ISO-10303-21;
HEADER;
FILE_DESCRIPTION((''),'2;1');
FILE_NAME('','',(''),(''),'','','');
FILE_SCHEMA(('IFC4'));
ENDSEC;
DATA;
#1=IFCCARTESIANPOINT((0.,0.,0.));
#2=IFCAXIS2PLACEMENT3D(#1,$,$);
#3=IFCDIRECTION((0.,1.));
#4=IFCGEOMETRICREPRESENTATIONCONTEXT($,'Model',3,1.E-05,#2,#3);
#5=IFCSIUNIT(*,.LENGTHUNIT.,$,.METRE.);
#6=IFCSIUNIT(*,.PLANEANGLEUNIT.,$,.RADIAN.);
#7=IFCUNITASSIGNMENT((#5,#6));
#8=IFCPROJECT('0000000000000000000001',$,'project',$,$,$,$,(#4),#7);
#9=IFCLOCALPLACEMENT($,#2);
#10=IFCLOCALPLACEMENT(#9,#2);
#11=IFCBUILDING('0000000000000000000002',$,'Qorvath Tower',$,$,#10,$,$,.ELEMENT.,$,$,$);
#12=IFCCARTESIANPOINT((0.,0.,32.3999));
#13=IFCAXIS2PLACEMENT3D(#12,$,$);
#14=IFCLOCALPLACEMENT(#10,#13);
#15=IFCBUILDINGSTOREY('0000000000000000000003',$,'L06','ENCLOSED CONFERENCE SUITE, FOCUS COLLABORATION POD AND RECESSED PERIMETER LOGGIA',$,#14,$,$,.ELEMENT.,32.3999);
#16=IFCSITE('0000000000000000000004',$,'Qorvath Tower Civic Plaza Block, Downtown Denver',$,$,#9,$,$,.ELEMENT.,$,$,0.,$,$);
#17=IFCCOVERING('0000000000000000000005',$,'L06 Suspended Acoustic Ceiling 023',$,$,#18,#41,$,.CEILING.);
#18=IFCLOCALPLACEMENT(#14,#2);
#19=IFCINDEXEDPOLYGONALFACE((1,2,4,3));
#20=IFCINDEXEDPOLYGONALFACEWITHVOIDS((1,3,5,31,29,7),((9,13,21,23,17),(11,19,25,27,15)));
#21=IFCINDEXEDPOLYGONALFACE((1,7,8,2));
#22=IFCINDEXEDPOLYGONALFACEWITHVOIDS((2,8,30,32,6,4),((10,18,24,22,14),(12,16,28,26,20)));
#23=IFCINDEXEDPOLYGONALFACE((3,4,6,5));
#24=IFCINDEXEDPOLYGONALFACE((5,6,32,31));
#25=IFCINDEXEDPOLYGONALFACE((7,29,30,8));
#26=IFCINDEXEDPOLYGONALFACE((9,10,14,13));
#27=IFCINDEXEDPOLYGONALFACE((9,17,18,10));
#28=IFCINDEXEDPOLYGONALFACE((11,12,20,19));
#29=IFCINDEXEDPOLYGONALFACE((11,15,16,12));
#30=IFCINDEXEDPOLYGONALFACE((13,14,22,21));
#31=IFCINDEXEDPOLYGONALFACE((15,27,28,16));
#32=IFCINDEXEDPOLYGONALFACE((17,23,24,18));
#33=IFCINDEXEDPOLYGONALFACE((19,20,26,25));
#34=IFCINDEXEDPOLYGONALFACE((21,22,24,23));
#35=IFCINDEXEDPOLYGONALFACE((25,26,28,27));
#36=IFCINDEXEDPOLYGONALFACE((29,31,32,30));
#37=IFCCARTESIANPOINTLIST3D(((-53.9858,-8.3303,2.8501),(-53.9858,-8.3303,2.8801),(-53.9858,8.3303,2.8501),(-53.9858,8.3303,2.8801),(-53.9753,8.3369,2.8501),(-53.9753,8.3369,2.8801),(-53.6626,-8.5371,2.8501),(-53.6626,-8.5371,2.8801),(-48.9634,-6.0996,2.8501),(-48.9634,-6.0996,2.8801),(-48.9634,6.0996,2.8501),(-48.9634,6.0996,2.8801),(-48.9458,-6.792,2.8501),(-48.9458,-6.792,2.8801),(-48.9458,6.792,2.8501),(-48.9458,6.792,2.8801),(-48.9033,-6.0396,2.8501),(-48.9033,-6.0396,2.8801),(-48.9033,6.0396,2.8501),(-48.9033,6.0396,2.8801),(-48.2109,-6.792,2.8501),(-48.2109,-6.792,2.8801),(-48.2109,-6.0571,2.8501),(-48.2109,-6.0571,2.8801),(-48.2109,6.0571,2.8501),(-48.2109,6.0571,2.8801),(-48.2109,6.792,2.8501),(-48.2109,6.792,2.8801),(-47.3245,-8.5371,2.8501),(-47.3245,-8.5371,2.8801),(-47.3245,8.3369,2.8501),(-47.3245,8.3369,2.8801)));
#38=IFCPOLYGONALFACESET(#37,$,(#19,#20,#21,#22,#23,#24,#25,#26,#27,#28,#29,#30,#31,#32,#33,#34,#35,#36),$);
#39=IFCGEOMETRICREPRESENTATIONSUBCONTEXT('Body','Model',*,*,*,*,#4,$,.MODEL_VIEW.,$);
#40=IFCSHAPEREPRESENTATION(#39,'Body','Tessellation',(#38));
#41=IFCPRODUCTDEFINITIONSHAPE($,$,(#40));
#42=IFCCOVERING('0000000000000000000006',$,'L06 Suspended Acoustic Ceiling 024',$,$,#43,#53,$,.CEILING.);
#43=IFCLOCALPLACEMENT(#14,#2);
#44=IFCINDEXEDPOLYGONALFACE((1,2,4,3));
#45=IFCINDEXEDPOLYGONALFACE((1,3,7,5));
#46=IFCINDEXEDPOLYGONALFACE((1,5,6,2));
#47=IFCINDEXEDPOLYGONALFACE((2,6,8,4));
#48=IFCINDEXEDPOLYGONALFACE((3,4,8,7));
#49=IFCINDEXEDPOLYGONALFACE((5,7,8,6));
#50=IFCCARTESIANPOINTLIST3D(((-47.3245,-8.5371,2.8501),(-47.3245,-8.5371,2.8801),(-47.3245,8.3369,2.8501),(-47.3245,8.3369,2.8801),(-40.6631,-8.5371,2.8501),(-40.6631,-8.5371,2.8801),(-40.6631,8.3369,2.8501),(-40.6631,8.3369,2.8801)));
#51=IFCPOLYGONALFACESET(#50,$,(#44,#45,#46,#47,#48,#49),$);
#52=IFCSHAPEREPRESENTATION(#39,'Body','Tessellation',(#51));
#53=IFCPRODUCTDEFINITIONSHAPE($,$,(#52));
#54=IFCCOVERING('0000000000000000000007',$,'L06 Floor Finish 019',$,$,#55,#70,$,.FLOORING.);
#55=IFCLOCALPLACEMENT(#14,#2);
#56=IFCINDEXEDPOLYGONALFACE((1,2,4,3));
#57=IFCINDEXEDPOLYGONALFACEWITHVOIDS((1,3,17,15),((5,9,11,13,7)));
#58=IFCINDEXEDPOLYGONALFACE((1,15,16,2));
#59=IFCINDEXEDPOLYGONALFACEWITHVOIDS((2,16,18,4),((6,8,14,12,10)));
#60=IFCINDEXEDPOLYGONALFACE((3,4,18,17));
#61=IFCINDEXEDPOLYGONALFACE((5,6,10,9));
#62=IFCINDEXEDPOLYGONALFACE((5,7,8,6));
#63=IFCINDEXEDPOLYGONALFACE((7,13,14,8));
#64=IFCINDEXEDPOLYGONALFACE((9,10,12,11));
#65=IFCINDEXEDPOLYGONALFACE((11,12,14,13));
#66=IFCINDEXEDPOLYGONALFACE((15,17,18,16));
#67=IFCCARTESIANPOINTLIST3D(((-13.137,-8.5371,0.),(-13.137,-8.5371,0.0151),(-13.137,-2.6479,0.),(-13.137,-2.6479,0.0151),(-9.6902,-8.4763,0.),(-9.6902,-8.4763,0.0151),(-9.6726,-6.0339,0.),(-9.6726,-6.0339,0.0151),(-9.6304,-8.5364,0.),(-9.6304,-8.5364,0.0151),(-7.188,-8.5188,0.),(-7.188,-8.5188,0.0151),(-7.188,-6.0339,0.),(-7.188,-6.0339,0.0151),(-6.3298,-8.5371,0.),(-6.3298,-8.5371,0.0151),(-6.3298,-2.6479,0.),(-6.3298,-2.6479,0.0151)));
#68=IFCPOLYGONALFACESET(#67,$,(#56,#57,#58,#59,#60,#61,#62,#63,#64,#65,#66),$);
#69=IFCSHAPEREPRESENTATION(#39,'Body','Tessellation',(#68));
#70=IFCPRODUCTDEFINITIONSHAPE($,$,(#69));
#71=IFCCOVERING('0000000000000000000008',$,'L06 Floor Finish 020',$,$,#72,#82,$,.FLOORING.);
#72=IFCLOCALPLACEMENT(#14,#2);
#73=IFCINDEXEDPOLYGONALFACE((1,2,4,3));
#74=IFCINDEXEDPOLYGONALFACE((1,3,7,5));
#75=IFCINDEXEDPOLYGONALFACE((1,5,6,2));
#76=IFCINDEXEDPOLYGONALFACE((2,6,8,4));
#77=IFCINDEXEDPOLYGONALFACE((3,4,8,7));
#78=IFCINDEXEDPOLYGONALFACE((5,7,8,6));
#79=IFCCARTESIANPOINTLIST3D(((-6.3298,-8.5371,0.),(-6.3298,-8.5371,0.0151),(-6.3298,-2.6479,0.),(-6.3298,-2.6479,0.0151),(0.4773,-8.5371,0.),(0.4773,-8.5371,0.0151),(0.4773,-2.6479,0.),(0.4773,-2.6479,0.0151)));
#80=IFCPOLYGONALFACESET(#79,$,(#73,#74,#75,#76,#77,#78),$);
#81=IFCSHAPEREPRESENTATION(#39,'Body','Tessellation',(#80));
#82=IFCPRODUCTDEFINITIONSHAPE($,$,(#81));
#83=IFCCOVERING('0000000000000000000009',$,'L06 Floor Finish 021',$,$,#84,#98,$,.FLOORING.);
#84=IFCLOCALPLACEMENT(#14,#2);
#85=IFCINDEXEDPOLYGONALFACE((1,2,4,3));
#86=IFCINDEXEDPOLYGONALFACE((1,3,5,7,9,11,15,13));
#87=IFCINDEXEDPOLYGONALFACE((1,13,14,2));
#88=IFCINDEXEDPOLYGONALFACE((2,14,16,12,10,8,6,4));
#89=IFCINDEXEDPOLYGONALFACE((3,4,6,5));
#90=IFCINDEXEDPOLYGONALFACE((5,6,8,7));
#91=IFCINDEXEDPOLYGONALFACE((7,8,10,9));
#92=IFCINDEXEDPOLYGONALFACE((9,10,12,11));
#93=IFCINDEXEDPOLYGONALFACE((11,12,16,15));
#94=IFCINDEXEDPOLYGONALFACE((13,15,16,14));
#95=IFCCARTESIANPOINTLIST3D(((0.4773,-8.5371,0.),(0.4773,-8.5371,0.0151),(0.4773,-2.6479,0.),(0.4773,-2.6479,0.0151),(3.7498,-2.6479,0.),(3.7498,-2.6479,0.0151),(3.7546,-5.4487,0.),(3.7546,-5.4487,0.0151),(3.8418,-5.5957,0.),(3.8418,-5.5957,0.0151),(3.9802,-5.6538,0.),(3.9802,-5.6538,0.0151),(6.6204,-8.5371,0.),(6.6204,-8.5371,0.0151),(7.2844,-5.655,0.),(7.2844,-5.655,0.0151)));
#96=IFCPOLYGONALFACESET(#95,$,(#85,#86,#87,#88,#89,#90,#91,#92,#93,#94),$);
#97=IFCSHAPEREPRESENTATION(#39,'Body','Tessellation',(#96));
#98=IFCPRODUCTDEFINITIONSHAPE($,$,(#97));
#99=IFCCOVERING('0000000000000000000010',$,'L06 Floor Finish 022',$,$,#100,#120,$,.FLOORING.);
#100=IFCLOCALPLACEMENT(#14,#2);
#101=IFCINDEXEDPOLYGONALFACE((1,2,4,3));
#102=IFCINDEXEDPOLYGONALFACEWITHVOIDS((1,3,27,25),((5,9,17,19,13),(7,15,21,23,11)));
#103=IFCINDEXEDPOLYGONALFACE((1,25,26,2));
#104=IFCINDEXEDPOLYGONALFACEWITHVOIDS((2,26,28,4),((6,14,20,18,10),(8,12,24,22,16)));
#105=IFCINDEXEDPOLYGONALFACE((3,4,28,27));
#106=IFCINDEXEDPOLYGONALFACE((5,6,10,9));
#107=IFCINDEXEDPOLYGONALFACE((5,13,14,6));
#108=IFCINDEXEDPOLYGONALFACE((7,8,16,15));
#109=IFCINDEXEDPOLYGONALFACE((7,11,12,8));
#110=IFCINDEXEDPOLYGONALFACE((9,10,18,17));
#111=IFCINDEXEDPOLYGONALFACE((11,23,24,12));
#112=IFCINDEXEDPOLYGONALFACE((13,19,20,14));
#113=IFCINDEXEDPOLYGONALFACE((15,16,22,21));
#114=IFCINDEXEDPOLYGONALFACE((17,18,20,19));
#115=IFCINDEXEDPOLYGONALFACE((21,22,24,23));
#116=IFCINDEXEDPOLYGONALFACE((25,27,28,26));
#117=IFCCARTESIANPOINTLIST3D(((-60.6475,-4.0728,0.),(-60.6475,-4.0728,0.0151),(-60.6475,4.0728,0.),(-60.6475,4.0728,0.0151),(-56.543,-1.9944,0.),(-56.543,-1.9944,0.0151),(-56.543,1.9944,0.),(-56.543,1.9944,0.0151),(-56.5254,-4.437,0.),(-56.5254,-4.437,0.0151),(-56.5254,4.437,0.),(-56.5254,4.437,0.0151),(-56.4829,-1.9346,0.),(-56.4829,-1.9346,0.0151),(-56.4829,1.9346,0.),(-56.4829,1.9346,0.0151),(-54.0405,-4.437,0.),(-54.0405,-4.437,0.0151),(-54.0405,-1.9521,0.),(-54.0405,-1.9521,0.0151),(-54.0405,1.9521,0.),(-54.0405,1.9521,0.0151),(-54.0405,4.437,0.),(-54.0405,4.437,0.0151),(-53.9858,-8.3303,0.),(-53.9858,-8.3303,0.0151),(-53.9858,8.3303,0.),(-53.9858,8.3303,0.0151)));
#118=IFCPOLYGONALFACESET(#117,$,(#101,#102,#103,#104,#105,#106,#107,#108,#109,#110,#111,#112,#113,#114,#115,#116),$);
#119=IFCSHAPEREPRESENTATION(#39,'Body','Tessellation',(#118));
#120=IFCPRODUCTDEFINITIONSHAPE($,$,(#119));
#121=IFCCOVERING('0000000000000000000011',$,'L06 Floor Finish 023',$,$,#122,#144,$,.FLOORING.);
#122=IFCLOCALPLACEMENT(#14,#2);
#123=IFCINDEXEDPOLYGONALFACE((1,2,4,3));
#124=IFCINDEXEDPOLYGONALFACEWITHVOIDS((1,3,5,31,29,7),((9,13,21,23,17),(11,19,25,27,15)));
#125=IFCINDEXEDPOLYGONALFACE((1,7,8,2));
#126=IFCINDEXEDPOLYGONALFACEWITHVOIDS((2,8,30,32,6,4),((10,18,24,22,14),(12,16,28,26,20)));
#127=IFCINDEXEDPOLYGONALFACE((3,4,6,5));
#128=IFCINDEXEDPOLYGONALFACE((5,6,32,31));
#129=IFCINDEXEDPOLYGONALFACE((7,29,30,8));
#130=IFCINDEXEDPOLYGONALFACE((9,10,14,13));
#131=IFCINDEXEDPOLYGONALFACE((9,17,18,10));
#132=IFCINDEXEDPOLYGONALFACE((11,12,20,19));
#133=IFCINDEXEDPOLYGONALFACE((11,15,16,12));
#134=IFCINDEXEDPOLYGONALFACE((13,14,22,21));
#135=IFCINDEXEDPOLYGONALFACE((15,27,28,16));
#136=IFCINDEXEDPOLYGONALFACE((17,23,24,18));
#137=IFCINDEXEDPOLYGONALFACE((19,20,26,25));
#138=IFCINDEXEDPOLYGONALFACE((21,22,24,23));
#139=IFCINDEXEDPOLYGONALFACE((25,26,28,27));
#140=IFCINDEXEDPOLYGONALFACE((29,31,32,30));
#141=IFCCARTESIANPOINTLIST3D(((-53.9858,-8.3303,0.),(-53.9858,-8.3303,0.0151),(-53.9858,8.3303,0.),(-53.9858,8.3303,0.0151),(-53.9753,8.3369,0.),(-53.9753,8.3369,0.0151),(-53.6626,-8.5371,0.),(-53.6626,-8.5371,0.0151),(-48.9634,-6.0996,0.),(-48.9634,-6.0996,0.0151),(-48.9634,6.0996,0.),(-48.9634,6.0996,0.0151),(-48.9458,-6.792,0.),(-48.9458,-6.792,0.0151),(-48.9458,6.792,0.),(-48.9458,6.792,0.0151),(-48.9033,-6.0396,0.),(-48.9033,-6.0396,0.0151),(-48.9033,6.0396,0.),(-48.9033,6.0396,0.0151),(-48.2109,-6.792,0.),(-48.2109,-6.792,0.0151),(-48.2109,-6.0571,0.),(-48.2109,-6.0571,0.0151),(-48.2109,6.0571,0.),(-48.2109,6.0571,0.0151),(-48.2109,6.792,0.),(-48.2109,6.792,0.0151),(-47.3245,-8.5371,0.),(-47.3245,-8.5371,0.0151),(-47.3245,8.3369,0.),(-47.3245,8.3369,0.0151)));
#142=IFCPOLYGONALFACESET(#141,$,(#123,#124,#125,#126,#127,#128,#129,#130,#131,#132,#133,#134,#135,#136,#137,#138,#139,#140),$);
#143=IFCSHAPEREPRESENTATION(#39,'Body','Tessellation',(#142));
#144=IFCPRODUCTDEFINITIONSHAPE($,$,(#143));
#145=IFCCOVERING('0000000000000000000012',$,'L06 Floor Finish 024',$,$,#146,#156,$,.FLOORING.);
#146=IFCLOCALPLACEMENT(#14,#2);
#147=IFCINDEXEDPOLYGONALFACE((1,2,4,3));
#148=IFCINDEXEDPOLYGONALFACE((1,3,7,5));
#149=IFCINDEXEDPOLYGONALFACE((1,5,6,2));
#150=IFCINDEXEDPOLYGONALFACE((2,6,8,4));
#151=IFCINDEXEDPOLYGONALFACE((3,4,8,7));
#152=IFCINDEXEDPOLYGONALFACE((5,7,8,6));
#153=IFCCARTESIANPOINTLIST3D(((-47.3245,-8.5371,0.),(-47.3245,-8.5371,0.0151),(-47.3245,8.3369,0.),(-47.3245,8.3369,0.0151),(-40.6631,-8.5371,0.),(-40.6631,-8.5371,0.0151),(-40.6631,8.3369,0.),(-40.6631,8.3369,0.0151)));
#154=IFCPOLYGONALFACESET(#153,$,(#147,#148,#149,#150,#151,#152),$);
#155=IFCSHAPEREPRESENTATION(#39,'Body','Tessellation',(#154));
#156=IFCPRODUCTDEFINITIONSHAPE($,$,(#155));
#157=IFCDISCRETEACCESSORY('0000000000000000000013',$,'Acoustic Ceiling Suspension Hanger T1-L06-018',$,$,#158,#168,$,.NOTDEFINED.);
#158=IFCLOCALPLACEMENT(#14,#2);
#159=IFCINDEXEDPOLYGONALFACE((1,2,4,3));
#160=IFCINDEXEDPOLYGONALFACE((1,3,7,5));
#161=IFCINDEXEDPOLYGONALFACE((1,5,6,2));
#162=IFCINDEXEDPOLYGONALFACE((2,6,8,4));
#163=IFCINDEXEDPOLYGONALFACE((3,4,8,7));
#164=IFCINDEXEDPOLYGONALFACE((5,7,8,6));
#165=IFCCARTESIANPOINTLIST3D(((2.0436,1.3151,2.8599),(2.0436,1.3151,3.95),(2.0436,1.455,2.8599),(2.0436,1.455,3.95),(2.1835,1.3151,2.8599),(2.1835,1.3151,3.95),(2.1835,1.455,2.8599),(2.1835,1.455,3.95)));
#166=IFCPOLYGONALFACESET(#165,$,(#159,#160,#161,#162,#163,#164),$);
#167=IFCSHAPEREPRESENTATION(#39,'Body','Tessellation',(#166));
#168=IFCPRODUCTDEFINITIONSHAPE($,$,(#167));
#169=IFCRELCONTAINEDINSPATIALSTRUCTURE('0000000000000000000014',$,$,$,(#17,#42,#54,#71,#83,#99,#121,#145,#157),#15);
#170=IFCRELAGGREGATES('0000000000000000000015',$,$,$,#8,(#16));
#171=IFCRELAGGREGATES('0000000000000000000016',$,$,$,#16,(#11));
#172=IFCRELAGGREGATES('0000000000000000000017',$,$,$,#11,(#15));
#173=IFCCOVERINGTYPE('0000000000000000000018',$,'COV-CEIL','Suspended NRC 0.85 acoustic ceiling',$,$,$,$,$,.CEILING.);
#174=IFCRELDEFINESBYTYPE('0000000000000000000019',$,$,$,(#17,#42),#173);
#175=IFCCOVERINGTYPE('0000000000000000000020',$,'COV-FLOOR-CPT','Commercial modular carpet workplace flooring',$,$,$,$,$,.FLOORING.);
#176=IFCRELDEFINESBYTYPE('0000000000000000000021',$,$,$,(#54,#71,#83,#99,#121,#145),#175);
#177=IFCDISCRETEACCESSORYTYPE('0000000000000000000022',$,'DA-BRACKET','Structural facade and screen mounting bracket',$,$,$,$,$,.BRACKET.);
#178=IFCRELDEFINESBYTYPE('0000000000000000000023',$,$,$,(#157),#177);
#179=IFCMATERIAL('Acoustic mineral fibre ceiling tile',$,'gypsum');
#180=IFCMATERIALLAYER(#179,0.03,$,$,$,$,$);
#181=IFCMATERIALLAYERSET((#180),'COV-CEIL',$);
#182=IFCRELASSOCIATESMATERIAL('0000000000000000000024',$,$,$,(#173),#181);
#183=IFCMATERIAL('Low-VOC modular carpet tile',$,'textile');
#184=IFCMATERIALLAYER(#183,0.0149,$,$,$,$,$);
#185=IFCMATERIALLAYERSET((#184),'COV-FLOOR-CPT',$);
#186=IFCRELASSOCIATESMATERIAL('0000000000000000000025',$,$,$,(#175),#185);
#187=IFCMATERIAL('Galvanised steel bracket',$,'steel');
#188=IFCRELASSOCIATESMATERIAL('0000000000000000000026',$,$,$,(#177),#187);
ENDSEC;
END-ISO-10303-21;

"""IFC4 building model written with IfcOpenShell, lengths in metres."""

from ifc_helpers import new_model, si_unit, direction, frame, origin, origin_2d, place, context, subcontext, project, spatial, polyline, rectangle, outline, extrude, material, layer, layer_set, type_object, element, save


model = new_model("IFC4")

# Units and contexts
model_context = context("Model", 3, precision=1e-05, world=origin(), true_north=direction((0.0, 1.0)))
body_context = subcontext(model_context, "Body", "Model", "MODEL_VIEW")
ifc_project = project(units=[si_unit("LENGTHUNIT", "METRE"), si_unit("PLANEANGLEUNIT", "RADIAN")], contexts=[model_context])

# Site, building, storey
site_placement = place(None, origin())
site = spatial("IfcSite", under=ifc_project, at=site_placement, Name="Qorvath Tower Civic Plaza Block, Downtown Denver", CompositionType="ELEMENT", RefElevation=0.0)
building_placement = place(site_placement, origin())
building = spatial("IfcBuilding", under=site, at=building_placement, Name="Qorvath Tower", CompositionType="ELEMENT")
storey_placement = place(building_placement, frame((0.0, 0.0, 32.3999)))
storey = spatial("IfcBuildingStorey", under=building, at=storey_placement, Name="L06", Description="ENCLOSED CONFERENCE SUITE, FOCUS COLLABORATION POD AND RECESSED PERIMETER LOGGIA", CompositionType="ELEMENT", Elevation=32.3999)

# Coverings
ifc_material_1 = material(Name="Acoustic mineral fibre ceiling tile", Category="gypsum")
ifc_layer_1 = layer(ifc_material_1, 0.03)
ifc_layer_set_1 = layer_set([ifc_layer_1], Name="COV-CEIL")
covering_type_1 = type_object("IfcCoveringType", Name="COV-CEIL", Description="Suspended NRC 0.85 acoustic ceiling", PredefinedType="CEILING", material=ifc_layer_set_1)
covering_1_placement = place(storey_placement, frame((0.0, 0.0, 2.8501)))
element("IfcCovering", 1, at=covering_1_placement, inside=storey, type_object=covering_type_1, Name="L06 Suspended Acoustic Ceiling 023", PredefinedType="CEILING", context=body_context, shape_type="SweptSolid", body=[
    extrude(outline(polyline([(-47.3245, -8.5371), (-47.3245, 8.3369), (-53.9753, 8.3369), (-53.9858, 8.3303), (-53.9858, -8.3303), (-53.6626, -8.5371), (-47.3245, -8.5371)]), holes=[polyline([(-48.9634, -6.0996), (-48.9033, -6.0396), (-48.2109, -6.0571), (-48.2109, -6.792), (-48.9458, -6.792), (-48.9634, -6.0996)]), polyline([(-48.9634, 6.0996), (-48.9458, 6.792), (-48.2109, 6.792), (-48.2109, 6.0571), (-48.9033, 6.0396), (-48.9634, 6.0996)])]), origin(), (0.0, 0.0, 1.0), 0.03),
])
covering_2_placement = place(storey_placement, frame((0.0, 0.0, 2.8501)))
element("IfcCovering", 2, at=covering_2_placement, inside=storey, type_object=covering_type_1, Name="L06 Suspended Acoustic Ceiling 024", PredefinedType="CEILING", context=body_context, shape_type="SweptSolid", body=[
    extrude(outline(polyline([(-40.6631, 8.3369), (-47.3245, 8.3369), (-47.3245, -8.5371), (-40.6631, -8.5371), (-40.6631, 8.3369)])), origin(), (0.0, 0.0, 1.0), 0.03),
])
ifc_material_2 = material(Name="Low-VOC modular carpet tile", Category="textile")
ifc_layer_2 = layer(ifc_material_2, 0.0149)
ifc_layer_set_2 = layer_set([ifc_layer_2], Name="COV-FLOOR-CPT")
covering_type_2 = type_object("IfcCoveringType", Name="COV-FLOOR-CPT", Description="Commercial modular carpet workplace flooring", PredefinedType="FLOORING", material=ifc_layer_set_2)
covering_3_placement = place(storey_placement, origin())
element("IfcCovering", 3, at=covering_3_placement, inside=storey, type_object=covering_type_2, Name="L06 Floor Finish 019", PredefinedType="FLOORING", context=body_context, shape_type="SweptSolid", body=[
    extrude(outline(polyline([(-6.3298, -8.5371), (-6.3298, -2.6479), (-13.137, -2.6479), (-13.137, -8.5371), (-6.3298, -8.5371)]), holes=[polyline([(-9.6902, -8.4763), (-9.6726, -6.0339), (-7.188, -6.0339), (-7.188, -8.5188), (-9.6304, -8.5364), (-9.6902, -8.4763)])]), origin(), (0.0, 0.0, 1.0), 0.0151),
])
covering_4_placement = place(storey_placement, origin())
element("IfcCovering", 4, at=covering_4_placement, inside=storey, type_object=covering_type_2, Name="L06 Floor Finish 020", PredefinedType="FLOORING", context=body_context, shape_type="SweptSolid", body=[
    extrude(outline(polyline([(0.4773, -8.5371), (0.4773, -2.6479), (-6.3298, -2.6479), (-6.3298, -8.5371), (0.4773, -8.5371)])), origin(), (0.0, 0.0, 1.0), 0.0151),
])
covering_5_placement = place(storey_placement, origin())
element("IfcCovering", 5, at=covering_5_placement, inside=storey, type_object=covering_type_2, Name="L06 Floor Finish 021", PredefinedType="FLOORING", context=body_context, shape_type="SweptSolid", body=[
    extrude(outline(polyline([(3.8418, -5.5957), (3.7546, -5.4487), (3.7498, -2.6479), (0.4773, -2.6479), (0.4773, -8.5371), (6.6204, -8.5371), (7.2844, -5.655), (3.9802, -5.6538), (3.8418, -5.5957)])), origin(), (0.0, 0.0, 1.0), 0.0151),
])
covering_6_placement = place(storey_placement, origin())
element("IfcCovering", 6, at=covering_6_placement, inside=storey, type_object=covering_type_2, Name="L06 Floor Finish 022", PredefinedType="FLOORING", context=body_context, shape_type="SweptSolid", body=[
    extrude(outline(polyline([(-53.9858, -8.3303), (-53.9858, 8.3303), (-60.6475, 4.0728), (-60.6475, -4.0728), (-53.9858, -8.3303)]), holes=[polyline([(-56.543, -1.9944), (-56.4829, -1.9346), (-54.0405, -1.9521), (-54.0405, -4.437), (-56.5254, -4.437), (-56.543, -1.9944)]), polyline([(-56.543, 1.9944), (-56.5254, 4.437), (-54.0405, 4.437), (-54.0405, 1.9521), (-56.4829, 1.9346), (-56.543, 1.9944)])]), origin(), (0.0, 0.0, 1.0), 0.0151),
])
covering_7_placement = place(storey_placement, origin())
element("IfcCovering", 7, at=covering_7_placement, inside=storey, type_object=covering_type_2, Name="L06 Floor Finish 023", PredefinedType="FLOORING", context=body_context, shape_type="SweptSolid", body=[
    extrude(outline(polyline([(-47.3245, -8.5371), (-47.3245, 8.3369), (-53.9753, 8.3369), (-53.9858, 8.3303), (-53.9858, -8.3303), (-53.6626, -8.5371), (-47.3245, -8.5371)]), holes=[polyline([(-48.9634, -6.0996), (-48.9033, -6.0396), (-48.2109, -6.0571), (-48.2109, -6.792), (-48.9458, -6.792), (-48.9634, -6.0996)]), polyline([(-48.9634, 6.0996), (-48.9458, 6.792), (-48.2109, 6.792), (-48.2109, 6.0571), (-48.9033, 6.0396), (-48.9634, 6.0996)])]), origin(), (0.0, 0.0, 1.0), 0.0151),
])
covering_8_placement = place(storey_placement, origin())
element("IfcCovering", 8, at=covering_8_placement, inside=storey, type_object=covering_type_2, Name="L06 Floor Finish 024", PredefinedType="FLOORING", context=body_context, shape_type="SweptSolid", body=[
    extrude(outline(polyline([(-40.6631, 8.3369), (-47.3245, 8.3369), (-47.3245, -8.5371), (-40.6631, -8.5371), (-40.6631, 8.3369)])), origin(), (0.0, 0.0, 1.0), 0.0151),
])

# Discrete accessory
ifc_material_3 = material(Name="Galvanised steel bracket", Category="steel")
discrete_accessory_type = type_object("IfcDiscreteAccessoryType", Name="DA-BRACKET", Description="Structural facade and screen mounting bracket", PredefinedType="BRACKET", material=ifc_material_3)
discrete_accessory_placement = place(storey_placement, frame((2.1135, 1.385, 2.8599), z_axis=(0.0, 0.0, 1.0), x_axis=(1.0, 0.0, 0.0)))
element("IfcDiscreteAccessory", 9, at=discrete_accessory_placement, inside=storey, type_object=discrete_accessory_type, Name="Acoustic Ceiling Suspension Hanger T1-L06-018", PredefinedType="NOTDEFINED", context=body_context, shape_type="SweptSolid", body=[
    extrude(rectangle(XDim=0.1399, YDim=0.1399, at=origin_2d()), origin(), (0.0, 0.0, 1.0), 1.0901),
])

save(model, "model.ifc")
